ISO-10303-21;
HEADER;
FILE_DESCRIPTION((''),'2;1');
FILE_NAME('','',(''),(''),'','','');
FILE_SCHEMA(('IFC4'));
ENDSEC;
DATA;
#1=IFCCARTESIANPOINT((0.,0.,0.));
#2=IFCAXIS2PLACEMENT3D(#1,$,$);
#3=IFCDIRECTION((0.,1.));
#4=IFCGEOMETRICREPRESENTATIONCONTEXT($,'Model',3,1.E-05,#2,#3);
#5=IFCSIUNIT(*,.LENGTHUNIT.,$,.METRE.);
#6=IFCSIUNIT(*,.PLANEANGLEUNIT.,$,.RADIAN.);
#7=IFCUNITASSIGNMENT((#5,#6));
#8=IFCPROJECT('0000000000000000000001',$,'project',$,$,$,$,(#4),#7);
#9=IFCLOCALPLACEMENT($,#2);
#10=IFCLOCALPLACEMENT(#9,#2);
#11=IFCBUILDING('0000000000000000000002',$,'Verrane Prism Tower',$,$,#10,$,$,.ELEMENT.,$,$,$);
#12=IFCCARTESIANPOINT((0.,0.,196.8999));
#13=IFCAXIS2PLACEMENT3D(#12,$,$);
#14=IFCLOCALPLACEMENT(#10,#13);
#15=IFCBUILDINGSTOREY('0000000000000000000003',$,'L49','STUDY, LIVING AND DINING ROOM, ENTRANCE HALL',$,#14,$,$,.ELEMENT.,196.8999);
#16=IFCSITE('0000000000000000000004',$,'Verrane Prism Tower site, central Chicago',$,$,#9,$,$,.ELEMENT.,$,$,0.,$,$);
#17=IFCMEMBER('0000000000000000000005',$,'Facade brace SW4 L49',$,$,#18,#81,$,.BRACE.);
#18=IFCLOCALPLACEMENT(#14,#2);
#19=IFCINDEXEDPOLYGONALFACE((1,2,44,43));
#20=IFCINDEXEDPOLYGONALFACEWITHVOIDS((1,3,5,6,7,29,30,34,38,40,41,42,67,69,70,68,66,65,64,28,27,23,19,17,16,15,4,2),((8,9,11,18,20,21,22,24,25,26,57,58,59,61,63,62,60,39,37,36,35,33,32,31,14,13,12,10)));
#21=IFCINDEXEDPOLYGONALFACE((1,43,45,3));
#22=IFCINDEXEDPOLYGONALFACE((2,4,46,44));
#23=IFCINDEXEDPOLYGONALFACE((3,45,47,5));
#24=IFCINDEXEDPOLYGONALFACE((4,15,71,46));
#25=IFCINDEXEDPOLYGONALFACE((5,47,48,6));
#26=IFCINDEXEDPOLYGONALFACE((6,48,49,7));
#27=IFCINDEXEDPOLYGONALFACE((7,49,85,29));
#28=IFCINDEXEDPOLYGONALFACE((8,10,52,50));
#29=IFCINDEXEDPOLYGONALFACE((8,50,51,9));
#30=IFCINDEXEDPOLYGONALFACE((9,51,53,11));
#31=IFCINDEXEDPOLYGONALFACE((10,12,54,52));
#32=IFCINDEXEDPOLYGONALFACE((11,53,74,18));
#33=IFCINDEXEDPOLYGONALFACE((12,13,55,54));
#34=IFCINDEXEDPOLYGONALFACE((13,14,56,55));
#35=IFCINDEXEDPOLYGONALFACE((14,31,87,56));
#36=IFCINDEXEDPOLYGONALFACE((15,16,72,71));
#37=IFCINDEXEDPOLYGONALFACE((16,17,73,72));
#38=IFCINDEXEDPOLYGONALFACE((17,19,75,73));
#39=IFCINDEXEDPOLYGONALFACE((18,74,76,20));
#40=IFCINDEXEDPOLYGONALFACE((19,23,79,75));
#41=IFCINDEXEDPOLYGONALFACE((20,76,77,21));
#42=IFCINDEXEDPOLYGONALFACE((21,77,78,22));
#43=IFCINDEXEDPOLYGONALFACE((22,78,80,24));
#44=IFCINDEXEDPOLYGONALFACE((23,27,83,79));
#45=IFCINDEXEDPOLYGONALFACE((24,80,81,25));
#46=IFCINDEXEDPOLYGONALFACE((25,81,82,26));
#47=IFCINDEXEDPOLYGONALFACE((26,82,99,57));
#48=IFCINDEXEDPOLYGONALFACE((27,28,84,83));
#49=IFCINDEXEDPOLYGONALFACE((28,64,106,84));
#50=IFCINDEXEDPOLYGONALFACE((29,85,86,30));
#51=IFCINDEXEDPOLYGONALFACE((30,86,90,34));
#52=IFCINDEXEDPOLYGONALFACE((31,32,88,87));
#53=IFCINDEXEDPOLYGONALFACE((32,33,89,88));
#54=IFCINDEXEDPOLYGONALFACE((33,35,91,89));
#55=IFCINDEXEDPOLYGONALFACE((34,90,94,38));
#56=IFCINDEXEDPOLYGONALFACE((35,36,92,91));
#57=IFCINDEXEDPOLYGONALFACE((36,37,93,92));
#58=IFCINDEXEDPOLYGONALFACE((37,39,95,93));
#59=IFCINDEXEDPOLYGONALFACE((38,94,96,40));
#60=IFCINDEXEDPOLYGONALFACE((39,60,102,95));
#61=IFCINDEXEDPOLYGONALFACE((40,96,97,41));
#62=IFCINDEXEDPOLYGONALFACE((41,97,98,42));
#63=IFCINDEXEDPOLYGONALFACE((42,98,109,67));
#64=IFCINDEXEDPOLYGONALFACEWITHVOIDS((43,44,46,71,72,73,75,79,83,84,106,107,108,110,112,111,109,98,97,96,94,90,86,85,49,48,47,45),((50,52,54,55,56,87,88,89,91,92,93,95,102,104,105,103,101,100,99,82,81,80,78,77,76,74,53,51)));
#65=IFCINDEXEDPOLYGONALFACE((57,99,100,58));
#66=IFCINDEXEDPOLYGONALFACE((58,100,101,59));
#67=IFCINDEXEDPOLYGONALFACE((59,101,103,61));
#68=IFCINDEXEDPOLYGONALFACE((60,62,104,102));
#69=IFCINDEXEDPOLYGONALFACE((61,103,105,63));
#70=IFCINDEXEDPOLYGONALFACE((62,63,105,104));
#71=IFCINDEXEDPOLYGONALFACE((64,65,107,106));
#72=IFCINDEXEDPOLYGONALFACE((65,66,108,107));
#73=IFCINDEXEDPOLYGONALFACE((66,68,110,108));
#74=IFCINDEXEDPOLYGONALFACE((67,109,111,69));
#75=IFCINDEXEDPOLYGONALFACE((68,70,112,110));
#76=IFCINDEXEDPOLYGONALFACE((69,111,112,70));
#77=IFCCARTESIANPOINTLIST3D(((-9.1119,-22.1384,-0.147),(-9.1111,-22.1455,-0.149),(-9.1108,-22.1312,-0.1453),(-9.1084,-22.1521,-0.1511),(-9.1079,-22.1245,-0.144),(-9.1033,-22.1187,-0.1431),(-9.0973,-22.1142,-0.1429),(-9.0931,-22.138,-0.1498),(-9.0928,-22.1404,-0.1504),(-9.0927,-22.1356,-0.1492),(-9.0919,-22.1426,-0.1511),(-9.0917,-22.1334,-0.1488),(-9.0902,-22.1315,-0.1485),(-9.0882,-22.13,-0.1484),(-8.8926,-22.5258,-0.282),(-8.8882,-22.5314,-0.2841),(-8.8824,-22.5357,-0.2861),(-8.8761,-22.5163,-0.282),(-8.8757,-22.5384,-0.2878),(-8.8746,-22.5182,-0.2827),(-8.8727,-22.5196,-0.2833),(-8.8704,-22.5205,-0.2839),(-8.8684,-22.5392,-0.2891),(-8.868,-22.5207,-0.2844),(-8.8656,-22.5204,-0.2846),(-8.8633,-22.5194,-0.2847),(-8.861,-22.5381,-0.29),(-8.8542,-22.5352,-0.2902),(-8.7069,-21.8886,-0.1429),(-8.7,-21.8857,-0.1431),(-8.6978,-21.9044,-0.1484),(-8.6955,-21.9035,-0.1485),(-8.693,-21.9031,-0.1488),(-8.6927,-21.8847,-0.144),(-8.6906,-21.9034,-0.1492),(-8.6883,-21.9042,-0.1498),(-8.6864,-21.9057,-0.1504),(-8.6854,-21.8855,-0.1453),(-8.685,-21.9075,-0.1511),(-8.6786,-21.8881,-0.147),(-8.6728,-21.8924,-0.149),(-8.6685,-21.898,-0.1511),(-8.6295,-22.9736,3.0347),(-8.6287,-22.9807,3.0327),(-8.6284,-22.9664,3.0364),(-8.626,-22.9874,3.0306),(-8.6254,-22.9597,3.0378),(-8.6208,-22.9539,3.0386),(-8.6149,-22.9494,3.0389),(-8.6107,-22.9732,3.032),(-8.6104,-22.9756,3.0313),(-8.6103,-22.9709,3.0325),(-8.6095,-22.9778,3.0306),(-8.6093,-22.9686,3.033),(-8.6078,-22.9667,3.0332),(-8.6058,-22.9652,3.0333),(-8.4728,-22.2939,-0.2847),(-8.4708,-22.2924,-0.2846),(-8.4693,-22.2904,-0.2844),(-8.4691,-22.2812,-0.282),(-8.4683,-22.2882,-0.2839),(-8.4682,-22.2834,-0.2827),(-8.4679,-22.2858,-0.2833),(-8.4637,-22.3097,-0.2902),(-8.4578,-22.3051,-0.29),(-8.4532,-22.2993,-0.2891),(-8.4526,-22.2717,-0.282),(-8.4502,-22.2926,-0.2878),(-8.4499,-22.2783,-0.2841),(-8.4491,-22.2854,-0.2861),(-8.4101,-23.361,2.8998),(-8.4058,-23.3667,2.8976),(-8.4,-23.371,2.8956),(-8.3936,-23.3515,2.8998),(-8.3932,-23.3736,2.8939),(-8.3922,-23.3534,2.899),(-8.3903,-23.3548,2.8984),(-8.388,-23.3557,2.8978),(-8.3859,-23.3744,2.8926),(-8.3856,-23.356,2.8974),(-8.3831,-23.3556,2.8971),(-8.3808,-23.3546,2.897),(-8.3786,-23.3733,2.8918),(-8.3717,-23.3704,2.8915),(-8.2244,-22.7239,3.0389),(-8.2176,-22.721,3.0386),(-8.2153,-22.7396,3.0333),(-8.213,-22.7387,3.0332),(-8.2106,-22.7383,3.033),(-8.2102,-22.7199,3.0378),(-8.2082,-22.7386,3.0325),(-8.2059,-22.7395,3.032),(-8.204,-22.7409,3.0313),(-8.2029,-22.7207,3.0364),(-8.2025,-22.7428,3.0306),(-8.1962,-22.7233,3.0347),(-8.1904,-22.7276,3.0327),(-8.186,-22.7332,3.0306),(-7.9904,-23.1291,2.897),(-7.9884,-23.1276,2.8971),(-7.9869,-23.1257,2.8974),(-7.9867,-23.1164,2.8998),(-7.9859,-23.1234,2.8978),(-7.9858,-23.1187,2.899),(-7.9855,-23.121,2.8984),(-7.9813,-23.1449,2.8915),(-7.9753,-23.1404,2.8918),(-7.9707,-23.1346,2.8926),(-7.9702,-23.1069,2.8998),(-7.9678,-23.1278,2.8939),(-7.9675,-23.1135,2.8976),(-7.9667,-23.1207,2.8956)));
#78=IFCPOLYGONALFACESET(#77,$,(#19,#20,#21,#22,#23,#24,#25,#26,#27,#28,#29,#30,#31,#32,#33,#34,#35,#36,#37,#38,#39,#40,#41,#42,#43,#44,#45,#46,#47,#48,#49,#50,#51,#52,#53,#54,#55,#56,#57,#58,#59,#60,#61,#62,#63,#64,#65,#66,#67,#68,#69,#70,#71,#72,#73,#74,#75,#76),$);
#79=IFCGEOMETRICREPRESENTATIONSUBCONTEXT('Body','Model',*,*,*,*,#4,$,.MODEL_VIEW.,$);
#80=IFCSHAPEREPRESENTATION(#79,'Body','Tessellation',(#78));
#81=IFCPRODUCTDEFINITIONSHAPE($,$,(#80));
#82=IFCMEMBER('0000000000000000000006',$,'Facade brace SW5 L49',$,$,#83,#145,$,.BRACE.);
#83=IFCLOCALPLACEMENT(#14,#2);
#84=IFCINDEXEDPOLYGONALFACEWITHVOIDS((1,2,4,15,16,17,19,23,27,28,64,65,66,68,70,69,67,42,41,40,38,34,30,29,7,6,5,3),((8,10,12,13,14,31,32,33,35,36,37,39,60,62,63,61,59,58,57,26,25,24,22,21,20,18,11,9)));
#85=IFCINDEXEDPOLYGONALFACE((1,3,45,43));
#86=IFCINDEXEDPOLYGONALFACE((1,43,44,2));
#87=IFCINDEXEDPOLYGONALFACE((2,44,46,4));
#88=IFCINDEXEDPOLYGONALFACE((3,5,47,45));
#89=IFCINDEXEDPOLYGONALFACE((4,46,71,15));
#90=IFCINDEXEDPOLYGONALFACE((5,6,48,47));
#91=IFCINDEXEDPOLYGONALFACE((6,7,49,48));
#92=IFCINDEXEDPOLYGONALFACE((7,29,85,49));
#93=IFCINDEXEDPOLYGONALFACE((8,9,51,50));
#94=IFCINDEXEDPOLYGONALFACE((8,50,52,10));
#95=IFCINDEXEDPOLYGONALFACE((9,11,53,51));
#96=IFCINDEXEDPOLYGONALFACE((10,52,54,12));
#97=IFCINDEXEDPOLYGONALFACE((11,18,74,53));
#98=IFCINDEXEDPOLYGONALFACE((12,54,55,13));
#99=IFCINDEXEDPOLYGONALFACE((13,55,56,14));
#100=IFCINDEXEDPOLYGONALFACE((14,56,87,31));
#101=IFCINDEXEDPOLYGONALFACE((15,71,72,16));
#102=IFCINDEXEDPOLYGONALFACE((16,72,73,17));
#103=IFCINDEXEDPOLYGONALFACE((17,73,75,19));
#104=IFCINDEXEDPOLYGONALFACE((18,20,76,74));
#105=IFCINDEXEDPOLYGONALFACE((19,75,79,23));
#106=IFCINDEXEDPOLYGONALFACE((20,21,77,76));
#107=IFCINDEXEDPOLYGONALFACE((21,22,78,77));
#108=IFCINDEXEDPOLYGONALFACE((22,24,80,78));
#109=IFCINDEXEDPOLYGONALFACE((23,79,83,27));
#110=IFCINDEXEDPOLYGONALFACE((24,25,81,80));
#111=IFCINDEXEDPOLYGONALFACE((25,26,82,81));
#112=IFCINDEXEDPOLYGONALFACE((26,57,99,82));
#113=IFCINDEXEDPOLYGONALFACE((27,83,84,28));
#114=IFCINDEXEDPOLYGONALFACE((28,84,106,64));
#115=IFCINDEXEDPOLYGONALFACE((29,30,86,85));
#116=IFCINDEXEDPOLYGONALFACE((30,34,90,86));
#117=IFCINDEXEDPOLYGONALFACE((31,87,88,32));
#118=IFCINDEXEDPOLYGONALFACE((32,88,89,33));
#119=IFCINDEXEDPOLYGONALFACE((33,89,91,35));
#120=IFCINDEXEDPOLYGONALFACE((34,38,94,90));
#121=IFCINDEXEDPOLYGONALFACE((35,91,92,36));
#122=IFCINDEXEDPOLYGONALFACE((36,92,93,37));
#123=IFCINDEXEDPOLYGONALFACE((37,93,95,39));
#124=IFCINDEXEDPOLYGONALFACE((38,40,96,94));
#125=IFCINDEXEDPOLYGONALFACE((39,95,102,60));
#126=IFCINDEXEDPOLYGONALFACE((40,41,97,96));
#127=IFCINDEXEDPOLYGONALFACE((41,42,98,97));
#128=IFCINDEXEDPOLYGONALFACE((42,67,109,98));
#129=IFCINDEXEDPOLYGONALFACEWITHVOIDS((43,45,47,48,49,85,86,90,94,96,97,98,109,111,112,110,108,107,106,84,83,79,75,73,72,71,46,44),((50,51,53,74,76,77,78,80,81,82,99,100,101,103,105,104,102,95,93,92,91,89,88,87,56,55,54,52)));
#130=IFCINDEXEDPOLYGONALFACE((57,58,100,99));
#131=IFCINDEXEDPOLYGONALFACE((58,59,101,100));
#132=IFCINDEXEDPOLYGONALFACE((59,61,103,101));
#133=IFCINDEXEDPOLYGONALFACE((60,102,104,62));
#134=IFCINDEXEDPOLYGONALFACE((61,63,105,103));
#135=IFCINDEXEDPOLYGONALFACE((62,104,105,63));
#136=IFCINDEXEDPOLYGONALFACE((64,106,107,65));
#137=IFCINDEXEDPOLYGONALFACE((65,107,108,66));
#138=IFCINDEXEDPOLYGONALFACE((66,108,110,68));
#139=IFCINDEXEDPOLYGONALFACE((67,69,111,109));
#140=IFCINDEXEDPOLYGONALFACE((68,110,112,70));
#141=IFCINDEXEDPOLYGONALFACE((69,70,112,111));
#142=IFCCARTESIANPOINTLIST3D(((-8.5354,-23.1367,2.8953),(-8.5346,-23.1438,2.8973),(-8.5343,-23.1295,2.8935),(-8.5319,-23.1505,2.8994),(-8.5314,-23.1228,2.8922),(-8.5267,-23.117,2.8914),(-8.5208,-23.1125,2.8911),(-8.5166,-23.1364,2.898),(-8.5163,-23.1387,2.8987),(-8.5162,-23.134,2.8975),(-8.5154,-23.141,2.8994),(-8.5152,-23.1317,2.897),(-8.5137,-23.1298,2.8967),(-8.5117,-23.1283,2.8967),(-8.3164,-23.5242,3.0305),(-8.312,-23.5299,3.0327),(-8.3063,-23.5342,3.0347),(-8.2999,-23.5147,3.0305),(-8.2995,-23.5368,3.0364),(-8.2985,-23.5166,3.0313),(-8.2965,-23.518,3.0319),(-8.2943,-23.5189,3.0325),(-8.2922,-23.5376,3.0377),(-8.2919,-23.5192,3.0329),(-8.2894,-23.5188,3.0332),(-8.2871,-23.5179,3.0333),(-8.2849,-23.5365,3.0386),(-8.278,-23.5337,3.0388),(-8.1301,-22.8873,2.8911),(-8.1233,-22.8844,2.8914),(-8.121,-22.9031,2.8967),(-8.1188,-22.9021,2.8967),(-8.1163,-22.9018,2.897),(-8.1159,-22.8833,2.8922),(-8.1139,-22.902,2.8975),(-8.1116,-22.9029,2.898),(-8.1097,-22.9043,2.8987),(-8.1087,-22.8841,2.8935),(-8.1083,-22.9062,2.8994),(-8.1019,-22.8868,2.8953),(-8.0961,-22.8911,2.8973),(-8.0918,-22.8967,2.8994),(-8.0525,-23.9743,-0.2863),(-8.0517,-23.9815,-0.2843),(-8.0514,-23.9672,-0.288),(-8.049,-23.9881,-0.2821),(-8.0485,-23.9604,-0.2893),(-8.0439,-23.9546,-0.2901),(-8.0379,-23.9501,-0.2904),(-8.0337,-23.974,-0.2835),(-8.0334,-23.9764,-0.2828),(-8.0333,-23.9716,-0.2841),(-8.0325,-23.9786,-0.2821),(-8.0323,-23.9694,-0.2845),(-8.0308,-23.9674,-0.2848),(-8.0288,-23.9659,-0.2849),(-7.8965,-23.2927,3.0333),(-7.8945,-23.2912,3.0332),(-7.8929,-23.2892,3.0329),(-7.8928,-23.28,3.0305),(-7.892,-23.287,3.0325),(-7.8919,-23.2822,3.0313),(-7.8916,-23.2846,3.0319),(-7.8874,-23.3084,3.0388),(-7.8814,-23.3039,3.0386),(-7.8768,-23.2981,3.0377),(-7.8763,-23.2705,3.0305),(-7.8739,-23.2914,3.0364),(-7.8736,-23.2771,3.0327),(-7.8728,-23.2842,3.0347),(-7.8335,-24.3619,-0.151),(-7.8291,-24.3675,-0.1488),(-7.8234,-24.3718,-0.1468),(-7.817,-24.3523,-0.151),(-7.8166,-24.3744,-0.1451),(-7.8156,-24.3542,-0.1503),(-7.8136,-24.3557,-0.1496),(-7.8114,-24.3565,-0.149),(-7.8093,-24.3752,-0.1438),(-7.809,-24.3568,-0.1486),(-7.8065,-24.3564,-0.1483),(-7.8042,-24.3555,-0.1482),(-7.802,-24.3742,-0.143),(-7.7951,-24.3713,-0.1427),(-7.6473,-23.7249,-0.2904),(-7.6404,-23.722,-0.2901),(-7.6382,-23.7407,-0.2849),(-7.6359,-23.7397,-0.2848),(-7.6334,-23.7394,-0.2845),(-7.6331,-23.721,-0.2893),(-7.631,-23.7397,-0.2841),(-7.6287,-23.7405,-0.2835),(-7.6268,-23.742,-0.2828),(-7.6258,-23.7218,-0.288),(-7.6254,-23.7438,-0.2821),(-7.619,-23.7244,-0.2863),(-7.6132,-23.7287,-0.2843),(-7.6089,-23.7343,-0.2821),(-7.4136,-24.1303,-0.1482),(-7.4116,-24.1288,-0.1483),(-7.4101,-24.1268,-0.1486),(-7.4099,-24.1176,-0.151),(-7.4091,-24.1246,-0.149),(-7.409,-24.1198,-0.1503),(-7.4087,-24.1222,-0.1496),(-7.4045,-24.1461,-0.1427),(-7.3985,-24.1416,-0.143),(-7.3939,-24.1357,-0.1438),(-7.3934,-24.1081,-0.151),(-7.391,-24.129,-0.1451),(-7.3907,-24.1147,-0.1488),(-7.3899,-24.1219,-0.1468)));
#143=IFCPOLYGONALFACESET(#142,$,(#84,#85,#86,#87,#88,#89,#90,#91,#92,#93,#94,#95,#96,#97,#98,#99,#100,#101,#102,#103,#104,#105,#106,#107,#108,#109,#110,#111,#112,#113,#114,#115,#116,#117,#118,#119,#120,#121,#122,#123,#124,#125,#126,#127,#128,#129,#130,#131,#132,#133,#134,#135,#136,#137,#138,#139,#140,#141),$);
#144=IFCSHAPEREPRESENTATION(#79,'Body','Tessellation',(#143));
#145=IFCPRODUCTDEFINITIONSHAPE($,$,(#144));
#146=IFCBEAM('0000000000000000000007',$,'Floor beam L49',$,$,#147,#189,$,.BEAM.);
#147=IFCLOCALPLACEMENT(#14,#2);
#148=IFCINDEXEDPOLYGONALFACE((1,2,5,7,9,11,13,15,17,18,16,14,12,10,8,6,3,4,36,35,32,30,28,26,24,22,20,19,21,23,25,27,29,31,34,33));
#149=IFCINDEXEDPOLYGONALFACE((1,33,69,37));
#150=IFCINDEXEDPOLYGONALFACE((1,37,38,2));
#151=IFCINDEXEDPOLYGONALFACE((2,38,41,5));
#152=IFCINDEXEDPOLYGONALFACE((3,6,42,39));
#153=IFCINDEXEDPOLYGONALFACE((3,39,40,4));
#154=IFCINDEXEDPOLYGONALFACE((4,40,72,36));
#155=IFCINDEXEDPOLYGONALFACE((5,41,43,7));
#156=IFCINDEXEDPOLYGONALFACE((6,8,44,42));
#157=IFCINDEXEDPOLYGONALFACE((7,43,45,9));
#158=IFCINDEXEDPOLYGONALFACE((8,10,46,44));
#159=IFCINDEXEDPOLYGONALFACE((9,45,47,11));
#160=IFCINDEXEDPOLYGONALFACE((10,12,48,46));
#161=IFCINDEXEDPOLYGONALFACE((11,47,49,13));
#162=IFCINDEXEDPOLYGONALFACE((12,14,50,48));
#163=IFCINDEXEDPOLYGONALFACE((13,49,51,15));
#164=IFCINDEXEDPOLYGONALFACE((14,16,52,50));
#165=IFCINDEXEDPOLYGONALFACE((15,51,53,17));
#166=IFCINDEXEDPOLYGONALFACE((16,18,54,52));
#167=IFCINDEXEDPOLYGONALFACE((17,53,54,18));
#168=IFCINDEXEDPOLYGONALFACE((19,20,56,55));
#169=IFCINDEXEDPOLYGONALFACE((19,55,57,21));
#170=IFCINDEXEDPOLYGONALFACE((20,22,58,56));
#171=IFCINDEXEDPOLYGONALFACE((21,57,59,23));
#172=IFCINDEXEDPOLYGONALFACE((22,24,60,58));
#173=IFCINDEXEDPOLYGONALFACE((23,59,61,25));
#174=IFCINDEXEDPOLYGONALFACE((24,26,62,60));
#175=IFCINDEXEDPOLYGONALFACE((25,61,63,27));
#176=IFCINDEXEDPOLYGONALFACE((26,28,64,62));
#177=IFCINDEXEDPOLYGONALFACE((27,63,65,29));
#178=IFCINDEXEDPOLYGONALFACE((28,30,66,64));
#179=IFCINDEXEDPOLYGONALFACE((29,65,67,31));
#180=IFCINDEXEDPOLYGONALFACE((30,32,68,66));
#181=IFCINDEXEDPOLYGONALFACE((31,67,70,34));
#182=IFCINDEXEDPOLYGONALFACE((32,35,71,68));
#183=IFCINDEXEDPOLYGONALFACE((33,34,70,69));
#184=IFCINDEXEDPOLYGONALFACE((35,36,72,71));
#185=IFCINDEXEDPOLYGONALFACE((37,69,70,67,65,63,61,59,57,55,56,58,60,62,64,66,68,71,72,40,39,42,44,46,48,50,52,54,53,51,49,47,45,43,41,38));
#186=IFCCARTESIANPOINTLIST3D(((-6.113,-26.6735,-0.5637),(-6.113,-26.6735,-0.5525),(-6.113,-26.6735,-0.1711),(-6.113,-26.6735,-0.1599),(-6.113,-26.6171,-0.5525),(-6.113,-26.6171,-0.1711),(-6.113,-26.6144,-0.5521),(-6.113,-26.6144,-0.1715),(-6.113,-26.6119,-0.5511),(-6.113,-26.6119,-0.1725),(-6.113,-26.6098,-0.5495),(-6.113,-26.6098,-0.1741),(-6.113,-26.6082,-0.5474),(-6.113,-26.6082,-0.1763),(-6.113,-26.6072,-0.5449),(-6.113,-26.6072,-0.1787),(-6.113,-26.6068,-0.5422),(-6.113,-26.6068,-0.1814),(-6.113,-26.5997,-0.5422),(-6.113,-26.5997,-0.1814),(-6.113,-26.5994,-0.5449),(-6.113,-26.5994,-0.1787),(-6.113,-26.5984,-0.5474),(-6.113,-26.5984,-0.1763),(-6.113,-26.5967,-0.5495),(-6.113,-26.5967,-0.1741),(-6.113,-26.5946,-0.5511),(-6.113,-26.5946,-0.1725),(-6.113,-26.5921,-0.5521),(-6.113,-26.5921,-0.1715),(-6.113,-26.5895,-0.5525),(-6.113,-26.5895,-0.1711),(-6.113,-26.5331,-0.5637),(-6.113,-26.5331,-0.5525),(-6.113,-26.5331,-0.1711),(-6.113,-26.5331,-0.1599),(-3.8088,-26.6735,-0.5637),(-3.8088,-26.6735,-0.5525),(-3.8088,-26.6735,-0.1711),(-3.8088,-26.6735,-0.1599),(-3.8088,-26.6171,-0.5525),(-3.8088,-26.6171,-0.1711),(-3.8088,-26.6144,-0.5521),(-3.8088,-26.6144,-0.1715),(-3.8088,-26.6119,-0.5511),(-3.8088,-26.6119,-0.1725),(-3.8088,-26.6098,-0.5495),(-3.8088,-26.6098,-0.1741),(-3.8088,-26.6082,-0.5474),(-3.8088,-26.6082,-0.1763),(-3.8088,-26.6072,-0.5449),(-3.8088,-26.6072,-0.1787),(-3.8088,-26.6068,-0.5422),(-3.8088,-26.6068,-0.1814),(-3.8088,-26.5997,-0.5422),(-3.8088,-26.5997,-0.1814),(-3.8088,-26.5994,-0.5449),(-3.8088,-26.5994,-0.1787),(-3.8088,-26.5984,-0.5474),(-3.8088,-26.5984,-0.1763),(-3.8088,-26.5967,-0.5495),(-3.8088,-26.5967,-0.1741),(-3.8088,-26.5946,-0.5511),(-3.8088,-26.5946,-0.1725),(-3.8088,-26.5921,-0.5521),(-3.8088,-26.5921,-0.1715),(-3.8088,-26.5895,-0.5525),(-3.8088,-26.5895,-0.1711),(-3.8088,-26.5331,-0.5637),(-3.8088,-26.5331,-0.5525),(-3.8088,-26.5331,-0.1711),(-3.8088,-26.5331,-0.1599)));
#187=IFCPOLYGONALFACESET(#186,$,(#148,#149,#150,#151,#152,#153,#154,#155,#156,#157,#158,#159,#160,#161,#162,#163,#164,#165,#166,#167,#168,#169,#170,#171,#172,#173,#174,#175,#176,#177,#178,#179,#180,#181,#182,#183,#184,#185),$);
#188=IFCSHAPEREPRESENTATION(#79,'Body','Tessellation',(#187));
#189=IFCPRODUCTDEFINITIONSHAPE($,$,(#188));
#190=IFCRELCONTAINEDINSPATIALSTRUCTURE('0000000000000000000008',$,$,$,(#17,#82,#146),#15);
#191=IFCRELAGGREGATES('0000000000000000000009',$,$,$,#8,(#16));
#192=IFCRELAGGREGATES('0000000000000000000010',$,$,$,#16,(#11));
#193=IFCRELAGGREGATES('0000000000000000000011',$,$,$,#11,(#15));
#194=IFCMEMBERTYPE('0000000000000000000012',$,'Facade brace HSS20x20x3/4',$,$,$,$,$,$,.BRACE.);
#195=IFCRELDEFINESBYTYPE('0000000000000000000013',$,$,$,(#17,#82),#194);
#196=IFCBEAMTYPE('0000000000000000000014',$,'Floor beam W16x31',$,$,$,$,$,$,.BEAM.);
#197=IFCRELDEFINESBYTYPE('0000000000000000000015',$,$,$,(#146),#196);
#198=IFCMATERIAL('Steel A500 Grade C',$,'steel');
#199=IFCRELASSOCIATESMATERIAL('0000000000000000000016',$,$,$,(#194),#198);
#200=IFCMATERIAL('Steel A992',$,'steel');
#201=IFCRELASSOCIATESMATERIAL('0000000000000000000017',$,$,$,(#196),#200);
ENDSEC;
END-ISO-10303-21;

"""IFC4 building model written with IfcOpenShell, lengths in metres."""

from ifc_helpers import new_model, si_unit, direction, frame, origin, origin_2d, place, context, subcontext, project, spatial, hollow_rectangle, i_section, extrude, material, material_profile, profile_set, type_object, element, save


model = new_model("IFC4")

# Units and contexts
model_context = context("Model", 3, precision=1e-05, world=origin(), true_north=direction((0.0, 1.0)))
body_context = subcontext(model_context, "Body", "Model", "MODEL_VIEW")
ifc_project = project(units=[si_unit("LENGTHUNIT", "METRE"), si_unit("PLANEANGLEUNIT", "RADIAN")], contexts=[model_context])

# Site, building, storey
site_placement = place(None, origin())
site = spatial("IfcSite", under=ifc_project, at=site_placement, Name="Verrane Prism Tower site, central Chicago", CompositionType="ELEMENT", RefElevation=0.0)
building_placement = place(site_placement, origin())
building = spatial("IfcBuilding", under=site, at=building_placement, Name="Verrane Prism Tower", CompositionType="ELEMENT")
storey_placement = place(building_placement, frame((0.0, 0.0, 196.8999)))
storey = spatial("IfcBuildingStorey", under=building, at=storey_placement, Name="L49", Description="STUDY, LIVING AND DINING ROOM, ENTRANCE HALL", CompositionType="ELEMENT", Elevation=196.8999)

# Members
ifc_material_1 = material(Name="Steel A500 Grade C", Category="steel")
ifc_material_profile_1 = material_profile(ifc_material_1, hollow_rectangle(XDim=0.5081, YDim=0.5081, WallThickness=0.019, InnerFilletRadius=0.0095, OuterFilletRadius=0.0286, at=origin_2d()), Name="HSS20x20x3/4")
ifc_profile_set_1 = profile_set([ifc_material_profile_1], Name="Steel A500 Grade C")
member_type_1 = type_object("IfcMemberType", Name="Facade brace HSS20x20x3/4", PredefinedType="BRACE", material=ifc_profile_set_1)
member_1_placement = place(storey_placement, frame((-8.7805, -22.2119, -0.2166), z_axis=(0.145106, -0.251218, 0.956992), x_axis=(0.865928, 0.500168, 0.0)))
element("IfcMember", 1, at=member_1_placement, inside=storey, type_object=member_type_1, Name="Facade brace SW4 L49", PredefinedType="BRACE", context=body_context, shape_type="SweptSolid", body=[
    extrude(hollow_rectangle(XDim=0.5081, YDim=0.5081, WallThickness=0.019, InnerFilletRadius=0.0095, OuterFilletRadius=0.0286, at=origin_2d()), origin(), (0.0, 0.0, 1.0), 3.3247),
])
member_2_placement = place(storey_placement, frame((-7.7212, -24.0481, -0.2166), z_axis=(-0.145223, 0.2519, 0.956795), x_axis=(-0.866341, -0.499453, 0.0)))
element("IfcMember", 2, at=member_2_placement, inside=storey, type_object=member_type_1, Name="Facade brace SW5 L49", PredefinedType="BRACE", context=body_context, shape_type="SweptSolid", body=[
    extrude(hollow_rectangle(XDim=0.5081, YDim=0.5081, WallThickness=0.019, InnerFilletRadius=0.0095, OuterFilletRadius=0.0286, at=origin_2d()), origin(), (0.0, 0.0, 1.0), 3.3252),
])

# Beam
ifc_material_2 = material(Name="Steel A992", Category="steel")
ifc_material_profile_2 = material_profile(ifc_material_2, i_section(OverallWidth=0.1404, OverallDepth=0.4038, WebThickness=0.0071, FlangeThickness=0.0112, FilletRadius=0.0103, at=origin_2d()), Name="W16x31")
ifc_profile_set_2 = profile_set([ifc_material_profile_2], Name="Steel A992")
beam_type_1 = type_object("IfcBeamType", Name="Floor beam W16x31", PredefinedType="BEAM", material=ifc_profile_set_2)
beam_1_placement = place(storey_placement, frame((-6.113, -26.6033, -0.3618), z_axis=(1.0, 0.0, 0.0), x_axis=(0.0, 1.0, 0.0)))
element("IfcBeam", 3, at=beam_1_placement, inside=storey, type_object=beam_type_1, Name="Floor beam L49", PredefinedType="BEAM", context=body_context, shape_type="SweptSolid", body=[
    extrude(i_section(OverallWidth=0.1404, OverallDepth=0.4038, WebThickness=0.0071, FlangeThickness=0.0112, FilletRadius=0.0103, at=origin_2d()), origin(), (0.0, 0.0, 1.0), 2.3042),
])

save(model, "model.ifc")
